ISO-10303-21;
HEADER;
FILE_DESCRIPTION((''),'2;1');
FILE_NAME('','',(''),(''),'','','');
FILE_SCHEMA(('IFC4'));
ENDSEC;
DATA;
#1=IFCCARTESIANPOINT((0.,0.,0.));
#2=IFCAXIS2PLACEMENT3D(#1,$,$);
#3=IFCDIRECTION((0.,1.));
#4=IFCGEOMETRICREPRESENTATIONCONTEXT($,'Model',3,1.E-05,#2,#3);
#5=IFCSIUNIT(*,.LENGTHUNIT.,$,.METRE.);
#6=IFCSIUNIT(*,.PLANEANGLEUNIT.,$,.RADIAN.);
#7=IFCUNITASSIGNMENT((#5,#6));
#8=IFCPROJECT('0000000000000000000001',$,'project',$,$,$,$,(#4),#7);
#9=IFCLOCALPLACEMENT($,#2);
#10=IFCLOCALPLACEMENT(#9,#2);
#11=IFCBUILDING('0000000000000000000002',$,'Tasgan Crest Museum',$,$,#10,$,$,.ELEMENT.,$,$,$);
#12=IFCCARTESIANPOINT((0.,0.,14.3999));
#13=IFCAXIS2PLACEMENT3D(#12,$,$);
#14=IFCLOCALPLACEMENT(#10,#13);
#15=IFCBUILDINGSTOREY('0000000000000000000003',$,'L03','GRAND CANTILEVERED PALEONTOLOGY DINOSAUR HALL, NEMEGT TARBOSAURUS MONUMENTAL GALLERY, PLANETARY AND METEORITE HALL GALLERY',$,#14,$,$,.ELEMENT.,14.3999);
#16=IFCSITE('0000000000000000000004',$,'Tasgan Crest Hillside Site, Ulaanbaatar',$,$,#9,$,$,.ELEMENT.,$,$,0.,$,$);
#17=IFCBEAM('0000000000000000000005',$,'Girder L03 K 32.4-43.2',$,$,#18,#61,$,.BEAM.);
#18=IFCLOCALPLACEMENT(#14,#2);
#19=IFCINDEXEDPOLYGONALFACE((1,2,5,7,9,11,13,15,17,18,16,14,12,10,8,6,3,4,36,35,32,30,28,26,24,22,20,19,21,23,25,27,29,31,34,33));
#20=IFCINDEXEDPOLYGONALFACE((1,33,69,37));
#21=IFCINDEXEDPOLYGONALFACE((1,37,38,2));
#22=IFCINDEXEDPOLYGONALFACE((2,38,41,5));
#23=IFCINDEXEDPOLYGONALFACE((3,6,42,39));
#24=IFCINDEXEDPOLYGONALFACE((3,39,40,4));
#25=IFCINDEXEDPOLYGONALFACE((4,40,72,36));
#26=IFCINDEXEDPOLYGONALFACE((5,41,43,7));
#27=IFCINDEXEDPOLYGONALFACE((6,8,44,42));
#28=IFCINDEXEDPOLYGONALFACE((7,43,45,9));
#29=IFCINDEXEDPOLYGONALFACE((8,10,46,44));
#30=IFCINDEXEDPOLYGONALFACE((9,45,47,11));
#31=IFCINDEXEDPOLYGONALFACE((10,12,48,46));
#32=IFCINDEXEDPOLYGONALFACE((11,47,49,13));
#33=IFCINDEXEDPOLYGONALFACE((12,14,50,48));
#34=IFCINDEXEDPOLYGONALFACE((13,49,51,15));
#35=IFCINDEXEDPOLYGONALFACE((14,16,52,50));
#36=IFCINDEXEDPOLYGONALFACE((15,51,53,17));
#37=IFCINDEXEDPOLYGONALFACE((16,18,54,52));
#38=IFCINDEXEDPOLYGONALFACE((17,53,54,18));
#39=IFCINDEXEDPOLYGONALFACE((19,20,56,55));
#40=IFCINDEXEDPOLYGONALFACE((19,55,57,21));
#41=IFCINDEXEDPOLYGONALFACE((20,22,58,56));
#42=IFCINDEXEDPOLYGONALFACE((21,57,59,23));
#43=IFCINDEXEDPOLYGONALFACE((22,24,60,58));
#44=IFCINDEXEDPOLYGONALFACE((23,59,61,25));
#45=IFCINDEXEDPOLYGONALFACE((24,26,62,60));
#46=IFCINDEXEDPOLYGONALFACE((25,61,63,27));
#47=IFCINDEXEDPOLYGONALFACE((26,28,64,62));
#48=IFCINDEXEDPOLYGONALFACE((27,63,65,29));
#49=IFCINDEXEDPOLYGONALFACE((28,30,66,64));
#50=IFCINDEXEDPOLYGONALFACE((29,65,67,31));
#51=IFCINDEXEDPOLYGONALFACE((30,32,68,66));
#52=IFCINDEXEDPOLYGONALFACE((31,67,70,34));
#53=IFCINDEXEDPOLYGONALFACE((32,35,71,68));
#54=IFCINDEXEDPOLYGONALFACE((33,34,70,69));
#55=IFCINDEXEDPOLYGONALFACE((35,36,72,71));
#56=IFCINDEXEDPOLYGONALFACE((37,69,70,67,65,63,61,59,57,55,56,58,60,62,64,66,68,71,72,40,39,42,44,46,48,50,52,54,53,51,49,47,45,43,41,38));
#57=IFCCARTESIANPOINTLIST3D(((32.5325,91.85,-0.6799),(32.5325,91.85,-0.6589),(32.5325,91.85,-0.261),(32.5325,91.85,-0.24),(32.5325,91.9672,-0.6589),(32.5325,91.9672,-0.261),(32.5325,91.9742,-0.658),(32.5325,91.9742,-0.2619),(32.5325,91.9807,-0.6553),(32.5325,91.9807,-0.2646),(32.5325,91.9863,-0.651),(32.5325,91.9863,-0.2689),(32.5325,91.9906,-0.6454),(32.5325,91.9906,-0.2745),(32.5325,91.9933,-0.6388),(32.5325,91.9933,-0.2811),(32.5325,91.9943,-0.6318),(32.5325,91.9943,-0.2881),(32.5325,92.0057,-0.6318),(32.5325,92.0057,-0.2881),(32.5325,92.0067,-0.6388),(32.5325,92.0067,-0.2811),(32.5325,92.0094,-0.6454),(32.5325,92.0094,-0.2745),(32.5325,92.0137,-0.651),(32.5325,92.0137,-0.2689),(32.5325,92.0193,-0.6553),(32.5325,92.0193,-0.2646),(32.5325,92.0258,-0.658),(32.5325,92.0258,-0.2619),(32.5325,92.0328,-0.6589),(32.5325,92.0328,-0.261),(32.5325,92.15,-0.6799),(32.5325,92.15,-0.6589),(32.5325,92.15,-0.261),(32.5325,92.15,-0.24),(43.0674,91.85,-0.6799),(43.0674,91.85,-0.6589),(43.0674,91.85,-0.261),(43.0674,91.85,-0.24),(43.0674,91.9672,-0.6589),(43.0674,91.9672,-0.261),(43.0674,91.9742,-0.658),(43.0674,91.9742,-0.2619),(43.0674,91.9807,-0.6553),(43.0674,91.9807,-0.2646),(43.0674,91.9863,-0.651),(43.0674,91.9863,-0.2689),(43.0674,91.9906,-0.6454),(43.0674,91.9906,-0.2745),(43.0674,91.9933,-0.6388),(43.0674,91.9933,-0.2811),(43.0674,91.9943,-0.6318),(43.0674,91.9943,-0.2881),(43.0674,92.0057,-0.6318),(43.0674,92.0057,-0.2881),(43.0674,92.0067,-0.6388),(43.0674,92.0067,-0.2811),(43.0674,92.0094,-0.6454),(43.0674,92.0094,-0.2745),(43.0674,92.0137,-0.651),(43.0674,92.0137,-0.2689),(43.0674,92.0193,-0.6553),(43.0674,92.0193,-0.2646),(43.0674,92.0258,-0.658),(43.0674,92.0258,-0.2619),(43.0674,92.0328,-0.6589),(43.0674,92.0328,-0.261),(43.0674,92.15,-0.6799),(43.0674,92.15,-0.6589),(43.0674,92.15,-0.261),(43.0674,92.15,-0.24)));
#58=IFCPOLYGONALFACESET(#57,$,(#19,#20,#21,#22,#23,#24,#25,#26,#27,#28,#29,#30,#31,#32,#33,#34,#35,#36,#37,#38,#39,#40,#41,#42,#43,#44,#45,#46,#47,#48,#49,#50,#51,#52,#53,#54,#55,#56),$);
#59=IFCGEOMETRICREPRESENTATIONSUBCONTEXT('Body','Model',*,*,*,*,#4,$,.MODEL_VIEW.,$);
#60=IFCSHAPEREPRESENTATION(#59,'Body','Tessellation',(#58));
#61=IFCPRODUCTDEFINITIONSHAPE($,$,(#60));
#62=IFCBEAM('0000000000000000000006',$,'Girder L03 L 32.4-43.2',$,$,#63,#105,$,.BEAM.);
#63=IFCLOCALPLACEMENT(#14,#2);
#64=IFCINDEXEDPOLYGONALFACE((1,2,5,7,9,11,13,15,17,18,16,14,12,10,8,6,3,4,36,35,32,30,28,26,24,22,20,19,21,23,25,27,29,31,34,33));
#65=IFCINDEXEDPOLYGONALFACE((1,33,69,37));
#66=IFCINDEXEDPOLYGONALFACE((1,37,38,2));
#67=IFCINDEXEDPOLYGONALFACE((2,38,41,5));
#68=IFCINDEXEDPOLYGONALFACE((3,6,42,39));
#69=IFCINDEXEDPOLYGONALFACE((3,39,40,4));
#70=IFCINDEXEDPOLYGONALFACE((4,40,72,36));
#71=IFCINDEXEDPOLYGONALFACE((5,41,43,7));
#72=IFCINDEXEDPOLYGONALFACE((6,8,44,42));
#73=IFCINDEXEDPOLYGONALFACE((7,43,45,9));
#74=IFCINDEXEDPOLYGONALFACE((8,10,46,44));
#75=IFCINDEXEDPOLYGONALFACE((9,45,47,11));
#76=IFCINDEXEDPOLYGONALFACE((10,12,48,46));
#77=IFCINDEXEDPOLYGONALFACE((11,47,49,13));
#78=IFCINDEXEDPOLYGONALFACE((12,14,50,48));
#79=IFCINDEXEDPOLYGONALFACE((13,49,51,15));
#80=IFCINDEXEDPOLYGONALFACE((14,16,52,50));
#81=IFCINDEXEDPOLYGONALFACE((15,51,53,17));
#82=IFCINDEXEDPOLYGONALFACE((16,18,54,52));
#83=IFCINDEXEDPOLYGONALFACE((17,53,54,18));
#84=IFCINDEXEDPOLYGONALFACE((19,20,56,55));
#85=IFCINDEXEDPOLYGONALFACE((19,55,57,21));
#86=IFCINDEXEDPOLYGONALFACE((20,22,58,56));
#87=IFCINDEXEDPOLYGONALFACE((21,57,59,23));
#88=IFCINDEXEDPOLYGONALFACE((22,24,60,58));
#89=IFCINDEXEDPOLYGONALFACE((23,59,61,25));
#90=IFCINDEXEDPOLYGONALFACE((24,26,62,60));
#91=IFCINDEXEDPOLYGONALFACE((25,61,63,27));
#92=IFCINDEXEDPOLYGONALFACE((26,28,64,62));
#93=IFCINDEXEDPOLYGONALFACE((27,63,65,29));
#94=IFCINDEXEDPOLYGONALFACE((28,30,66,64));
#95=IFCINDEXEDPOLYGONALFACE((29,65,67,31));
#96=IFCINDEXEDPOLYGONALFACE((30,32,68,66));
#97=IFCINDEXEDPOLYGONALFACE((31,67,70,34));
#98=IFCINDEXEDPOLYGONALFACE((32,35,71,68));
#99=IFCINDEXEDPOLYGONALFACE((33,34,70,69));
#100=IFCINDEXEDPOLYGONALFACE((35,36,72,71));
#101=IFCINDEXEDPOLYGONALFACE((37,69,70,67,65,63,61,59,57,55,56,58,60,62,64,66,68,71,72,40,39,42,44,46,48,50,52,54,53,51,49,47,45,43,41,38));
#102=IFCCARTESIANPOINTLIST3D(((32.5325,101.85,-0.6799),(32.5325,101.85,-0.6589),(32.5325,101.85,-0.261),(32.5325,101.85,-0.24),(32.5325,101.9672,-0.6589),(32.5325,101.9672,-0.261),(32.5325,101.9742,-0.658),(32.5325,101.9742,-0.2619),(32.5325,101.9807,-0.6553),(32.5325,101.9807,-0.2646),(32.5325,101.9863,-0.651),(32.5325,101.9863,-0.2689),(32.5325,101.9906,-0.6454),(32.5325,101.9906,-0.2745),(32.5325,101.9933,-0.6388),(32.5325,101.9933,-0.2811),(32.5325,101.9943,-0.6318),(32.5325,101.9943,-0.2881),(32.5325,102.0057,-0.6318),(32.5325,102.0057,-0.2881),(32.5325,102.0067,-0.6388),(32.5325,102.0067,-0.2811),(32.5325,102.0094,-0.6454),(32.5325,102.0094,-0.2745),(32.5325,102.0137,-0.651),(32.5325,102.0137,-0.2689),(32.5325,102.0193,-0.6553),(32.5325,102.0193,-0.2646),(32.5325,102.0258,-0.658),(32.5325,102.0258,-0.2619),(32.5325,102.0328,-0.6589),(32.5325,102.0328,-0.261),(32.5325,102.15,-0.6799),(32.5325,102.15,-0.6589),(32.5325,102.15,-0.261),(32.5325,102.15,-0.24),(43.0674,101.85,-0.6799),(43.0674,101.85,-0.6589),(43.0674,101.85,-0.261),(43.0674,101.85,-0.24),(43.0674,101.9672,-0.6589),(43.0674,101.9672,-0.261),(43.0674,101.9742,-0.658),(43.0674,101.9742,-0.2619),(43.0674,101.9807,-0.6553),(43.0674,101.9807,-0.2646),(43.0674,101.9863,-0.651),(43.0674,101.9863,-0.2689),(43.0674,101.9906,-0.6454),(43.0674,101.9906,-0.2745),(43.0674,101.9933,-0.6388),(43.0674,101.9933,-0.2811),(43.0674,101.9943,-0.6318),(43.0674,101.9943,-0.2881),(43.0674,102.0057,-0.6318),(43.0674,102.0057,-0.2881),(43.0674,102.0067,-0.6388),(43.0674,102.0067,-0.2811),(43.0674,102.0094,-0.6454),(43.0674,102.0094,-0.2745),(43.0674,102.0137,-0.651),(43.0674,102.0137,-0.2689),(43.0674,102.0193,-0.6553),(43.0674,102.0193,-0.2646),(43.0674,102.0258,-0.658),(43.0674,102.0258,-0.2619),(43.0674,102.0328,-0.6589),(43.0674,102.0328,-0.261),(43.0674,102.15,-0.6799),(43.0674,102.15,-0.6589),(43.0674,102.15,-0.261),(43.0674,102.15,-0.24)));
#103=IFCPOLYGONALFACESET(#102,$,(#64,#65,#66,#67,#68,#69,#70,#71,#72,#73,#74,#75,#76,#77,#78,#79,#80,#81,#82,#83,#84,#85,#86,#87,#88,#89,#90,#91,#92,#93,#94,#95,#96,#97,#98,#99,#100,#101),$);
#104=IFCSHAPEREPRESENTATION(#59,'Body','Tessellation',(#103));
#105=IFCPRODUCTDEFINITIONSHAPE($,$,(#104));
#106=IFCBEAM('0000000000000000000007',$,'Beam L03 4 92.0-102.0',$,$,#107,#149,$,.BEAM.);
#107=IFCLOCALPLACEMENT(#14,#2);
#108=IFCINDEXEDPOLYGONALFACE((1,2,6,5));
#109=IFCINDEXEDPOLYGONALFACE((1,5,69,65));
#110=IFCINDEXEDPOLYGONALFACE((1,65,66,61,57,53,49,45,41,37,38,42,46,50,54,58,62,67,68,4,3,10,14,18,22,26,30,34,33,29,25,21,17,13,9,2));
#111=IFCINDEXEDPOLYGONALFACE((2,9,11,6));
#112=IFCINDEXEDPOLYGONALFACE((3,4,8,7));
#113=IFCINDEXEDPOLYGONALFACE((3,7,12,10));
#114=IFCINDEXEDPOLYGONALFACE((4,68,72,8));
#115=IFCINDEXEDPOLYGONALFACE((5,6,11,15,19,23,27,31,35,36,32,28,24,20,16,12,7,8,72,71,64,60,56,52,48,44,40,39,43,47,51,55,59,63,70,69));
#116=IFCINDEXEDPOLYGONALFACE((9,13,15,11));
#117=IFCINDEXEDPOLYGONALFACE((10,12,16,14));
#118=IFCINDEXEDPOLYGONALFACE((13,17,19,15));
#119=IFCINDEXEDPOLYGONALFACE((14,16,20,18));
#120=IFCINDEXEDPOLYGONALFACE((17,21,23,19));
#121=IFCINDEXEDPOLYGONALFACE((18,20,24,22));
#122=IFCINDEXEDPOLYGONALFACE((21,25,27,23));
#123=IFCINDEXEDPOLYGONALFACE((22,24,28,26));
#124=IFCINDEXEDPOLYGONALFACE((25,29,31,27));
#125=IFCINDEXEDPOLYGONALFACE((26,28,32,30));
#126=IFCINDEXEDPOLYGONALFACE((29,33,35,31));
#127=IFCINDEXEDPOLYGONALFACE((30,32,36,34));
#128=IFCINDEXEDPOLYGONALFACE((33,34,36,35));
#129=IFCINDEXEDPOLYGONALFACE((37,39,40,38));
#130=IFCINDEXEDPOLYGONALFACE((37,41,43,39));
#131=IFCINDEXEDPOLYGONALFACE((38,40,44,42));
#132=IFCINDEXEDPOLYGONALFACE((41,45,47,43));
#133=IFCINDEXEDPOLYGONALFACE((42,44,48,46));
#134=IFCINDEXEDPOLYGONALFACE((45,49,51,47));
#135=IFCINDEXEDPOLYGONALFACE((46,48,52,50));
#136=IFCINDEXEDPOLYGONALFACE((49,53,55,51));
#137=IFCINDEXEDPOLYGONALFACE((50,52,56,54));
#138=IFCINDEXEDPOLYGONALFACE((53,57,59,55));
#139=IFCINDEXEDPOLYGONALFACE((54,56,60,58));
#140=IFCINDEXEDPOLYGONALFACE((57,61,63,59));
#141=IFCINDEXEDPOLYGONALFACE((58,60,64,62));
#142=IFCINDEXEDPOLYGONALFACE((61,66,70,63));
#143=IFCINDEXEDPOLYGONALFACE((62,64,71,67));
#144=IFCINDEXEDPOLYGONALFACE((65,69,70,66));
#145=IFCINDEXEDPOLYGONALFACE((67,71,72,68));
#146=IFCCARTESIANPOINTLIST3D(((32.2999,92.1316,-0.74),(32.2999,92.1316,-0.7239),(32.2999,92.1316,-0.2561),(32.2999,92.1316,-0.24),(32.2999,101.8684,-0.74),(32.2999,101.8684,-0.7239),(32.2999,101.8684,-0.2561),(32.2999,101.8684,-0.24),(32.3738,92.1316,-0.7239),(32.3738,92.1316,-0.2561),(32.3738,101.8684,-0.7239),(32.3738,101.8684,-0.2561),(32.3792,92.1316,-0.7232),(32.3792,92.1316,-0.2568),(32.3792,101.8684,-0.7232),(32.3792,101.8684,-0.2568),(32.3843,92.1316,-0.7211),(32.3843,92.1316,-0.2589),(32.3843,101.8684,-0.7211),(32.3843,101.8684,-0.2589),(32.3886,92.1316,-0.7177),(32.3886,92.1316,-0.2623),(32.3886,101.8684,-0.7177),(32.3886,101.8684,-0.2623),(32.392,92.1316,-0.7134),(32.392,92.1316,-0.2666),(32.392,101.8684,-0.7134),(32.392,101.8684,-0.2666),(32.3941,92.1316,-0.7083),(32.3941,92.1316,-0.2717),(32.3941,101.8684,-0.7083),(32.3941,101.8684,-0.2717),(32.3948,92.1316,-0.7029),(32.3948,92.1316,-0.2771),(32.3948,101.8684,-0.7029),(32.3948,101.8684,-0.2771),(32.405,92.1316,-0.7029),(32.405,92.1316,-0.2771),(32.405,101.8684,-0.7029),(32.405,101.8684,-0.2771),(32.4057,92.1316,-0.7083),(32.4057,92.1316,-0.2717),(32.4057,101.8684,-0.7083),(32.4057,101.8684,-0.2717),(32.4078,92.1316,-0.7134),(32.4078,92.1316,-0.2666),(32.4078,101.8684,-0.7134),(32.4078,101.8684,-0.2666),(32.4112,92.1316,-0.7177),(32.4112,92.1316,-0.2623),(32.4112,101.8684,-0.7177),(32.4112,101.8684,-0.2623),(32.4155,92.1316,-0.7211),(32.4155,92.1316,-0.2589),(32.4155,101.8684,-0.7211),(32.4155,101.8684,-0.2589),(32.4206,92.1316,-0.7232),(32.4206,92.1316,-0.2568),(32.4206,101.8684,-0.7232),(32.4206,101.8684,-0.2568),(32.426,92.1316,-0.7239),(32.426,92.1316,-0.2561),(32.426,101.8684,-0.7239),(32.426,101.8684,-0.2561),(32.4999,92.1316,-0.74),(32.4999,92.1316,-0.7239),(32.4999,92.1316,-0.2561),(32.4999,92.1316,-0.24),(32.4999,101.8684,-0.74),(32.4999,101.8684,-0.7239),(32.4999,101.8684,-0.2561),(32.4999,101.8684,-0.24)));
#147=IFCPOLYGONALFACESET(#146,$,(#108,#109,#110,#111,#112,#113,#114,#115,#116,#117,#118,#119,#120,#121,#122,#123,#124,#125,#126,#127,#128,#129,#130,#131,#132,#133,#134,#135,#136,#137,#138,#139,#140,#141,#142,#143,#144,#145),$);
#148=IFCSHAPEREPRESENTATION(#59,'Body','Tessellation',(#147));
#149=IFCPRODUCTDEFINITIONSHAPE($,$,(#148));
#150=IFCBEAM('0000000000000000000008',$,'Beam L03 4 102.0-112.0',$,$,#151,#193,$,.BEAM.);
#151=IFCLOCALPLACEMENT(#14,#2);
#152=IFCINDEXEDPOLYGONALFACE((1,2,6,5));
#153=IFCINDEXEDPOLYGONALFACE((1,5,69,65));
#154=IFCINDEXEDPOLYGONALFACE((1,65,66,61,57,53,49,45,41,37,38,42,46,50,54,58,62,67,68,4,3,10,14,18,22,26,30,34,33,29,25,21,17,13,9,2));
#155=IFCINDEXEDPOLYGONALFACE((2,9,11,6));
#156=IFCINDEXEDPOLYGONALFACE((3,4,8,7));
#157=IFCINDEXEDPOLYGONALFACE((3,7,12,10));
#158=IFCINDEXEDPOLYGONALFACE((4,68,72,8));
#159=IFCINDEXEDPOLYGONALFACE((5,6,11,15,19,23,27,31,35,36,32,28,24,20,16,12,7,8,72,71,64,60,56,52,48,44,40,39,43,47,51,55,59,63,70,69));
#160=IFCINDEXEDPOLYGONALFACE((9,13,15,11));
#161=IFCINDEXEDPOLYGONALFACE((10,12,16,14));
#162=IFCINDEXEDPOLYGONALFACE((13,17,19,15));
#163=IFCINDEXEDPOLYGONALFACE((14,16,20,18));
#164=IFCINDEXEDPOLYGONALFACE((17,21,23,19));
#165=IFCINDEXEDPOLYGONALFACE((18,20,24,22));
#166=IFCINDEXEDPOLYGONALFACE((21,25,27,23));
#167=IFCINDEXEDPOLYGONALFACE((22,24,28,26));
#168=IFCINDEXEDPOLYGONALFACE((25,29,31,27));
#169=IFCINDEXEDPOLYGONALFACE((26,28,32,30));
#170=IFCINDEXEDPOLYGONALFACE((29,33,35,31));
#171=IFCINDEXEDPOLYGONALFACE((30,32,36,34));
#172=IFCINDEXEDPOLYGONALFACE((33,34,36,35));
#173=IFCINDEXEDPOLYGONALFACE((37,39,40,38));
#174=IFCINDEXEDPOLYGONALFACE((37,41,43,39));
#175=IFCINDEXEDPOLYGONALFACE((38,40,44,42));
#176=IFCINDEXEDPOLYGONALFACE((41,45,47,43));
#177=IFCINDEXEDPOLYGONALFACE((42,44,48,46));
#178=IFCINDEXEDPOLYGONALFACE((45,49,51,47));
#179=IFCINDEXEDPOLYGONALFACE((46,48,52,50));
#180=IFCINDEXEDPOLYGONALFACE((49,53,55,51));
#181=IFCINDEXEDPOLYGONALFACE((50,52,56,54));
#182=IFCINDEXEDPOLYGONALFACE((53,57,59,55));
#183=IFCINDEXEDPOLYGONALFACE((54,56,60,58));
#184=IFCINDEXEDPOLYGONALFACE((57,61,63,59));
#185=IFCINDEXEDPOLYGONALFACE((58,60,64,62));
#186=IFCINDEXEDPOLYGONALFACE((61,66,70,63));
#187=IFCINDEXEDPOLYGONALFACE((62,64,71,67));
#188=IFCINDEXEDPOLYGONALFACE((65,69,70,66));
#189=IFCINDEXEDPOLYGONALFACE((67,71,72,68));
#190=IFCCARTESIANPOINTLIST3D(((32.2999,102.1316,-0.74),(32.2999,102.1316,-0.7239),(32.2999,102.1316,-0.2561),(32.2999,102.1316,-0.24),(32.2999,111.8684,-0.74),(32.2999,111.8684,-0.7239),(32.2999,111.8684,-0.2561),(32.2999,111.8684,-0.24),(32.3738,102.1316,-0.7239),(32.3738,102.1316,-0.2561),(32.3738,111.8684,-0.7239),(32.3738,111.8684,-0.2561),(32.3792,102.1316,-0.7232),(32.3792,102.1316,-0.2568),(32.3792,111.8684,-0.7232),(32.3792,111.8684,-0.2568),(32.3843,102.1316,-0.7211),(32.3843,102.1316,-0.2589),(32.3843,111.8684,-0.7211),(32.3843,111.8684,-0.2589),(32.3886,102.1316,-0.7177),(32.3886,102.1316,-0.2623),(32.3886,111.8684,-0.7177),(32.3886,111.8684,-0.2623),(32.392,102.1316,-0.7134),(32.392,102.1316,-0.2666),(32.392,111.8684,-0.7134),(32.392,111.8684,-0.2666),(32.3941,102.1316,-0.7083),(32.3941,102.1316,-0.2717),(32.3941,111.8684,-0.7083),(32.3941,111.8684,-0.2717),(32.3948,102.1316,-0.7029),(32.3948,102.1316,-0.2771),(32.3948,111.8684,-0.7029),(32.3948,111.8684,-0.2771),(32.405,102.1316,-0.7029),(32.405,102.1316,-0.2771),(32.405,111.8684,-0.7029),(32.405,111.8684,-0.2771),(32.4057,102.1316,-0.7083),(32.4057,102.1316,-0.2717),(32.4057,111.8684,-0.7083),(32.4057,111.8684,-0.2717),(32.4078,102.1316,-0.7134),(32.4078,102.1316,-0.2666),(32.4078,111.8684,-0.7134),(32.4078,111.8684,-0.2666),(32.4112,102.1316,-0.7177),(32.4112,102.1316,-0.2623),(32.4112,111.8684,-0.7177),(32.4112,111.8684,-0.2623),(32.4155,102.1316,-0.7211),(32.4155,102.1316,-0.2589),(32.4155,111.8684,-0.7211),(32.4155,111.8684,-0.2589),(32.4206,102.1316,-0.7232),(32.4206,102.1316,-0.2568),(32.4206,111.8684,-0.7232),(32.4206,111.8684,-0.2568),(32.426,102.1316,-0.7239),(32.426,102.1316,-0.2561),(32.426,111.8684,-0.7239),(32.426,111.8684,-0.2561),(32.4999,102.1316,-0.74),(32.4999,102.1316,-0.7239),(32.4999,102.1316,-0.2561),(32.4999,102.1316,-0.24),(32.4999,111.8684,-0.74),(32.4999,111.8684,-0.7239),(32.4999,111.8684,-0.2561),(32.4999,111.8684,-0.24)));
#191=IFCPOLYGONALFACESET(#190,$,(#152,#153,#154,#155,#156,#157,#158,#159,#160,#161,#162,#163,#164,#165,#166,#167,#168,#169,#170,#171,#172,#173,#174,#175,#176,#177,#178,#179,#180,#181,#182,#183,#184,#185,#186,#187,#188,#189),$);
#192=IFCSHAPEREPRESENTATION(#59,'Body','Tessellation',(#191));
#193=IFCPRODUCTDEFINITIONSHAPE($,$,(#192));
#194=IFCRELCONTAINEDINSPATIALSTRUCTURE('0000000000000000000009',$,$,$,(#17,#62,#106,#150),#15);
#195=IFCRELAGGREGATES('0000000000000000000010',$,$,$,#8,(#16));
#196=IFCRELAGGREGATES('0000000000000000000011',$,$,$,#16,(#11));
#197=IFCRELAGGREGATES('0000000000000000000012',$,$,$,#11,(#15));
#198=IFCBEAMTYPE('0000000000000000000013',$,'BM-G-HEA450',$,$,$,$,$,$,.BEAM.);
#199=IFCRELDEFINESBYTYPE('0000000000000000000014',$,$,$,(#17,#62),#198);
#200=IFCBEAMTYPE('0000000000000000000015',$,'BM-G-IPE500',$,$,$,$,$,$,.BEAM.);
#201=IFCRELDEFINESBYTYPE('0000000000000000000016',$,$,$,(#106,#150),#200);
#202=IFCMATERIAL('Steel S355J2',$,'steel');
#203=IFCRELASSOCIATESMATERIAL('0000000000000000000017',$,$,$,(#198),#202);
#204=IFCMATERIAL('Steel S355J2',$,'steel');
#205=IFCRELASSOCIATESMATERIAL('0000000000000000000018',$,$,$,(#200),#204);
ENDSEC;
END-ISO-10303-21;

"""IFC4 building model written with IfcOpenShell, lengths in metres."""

from ifc_helpers import new_model, si_unit, direction, frame, origin, origin_2d, place, context, subcontext, project, spatial, i_section, extrude, material, material_profile, profile_set, type_object, element, save


model = new_model("IFC4")

# Units and contexts
model_context = context("Model", 3, precision=1e-05, world=origin(), true_north=direction((0.0, 1.0)))
body_context = subcontext(model_context, "Body", "Model", "MODEL_VIEW")
ifc_project = project(units=[si_unit("LENGTHUNIT", "METRE"), si_unit("PLANEANGLEUNIT", "RADIAN")], contexts=[model_context])

# Site, building, storey
site_placement = place(None, origin())
site = spatial("IfcSite", under=ifc_project, at=site_placement, Name="Tasgan Crest Hillside Site, Ulaanbaatar", CompositionType="ELEMENT", RefElevation=0.0)
building_placement = place(site_placement, origin())
building = spatial("IfcBuilding", under=site, at=building_placement, Name="Tasgan Crest Museum", CompositionType="ELEMENT")
storey_placement = place(building_placement, frame((0.0, 0.0, 14.3999)))
storey = spatial("IfcBuildingStorey", under=building, at=storey_placement, Name="L03", Description="GRAND CANTILEVERED PALEONTOLOGY DINOSAUR HALL, NEMEGT TARBOSAURUS MONUMENTAL GALLERY, PLANETARY AND METEORITE HALL GALLERY", CompositionType="ELEMENT", Elevation=14.3999)

# Beams
ifc_material_1 = material(Name="Steel S355J2", Category="steel")
ifc_material_profile_1 = material_profile(ifc_material_1, i_section(OverallWidth=0.3, OverallDepth=0.4399, WebThickness=0.0115, FlangeThickness=0.021, FilletRadius=0.0271, at=origin_2d()), Name="HEA 450")
ifc_profile_set_1 = profile_set([ifc_material_profile_1], Name="Steel S355J2")
beam_type_1 = type_object("IfcBeamType", Name="BM-G-HEA450", PredefinedType="BEAM", material=ifc_profile_set_1)
for number, where, z_axis, x_axis, name in (
    (1, (32.5325, 92.0, -0.46), (1.0, 0.0, 0.0), (0.0, 1.0, 0.0), "Girder L03 K 32.4-43.2"),
    (2, (32.5325, 102.0, -0.46), (1.0, 0.0, 0.0), (0.0, 1.0, 0.0), "Girder L03 L 32.4-43.2"),
):
    element("IfcBeam", number, at=place(storey_placement, frame(where, z_axis=z_axis, x_axis=x_axis)), inside=storey, type_object=beam_type_1, Name=name, PredefinedType="BEAM", context=body_context, shape_type="SweptSolid", body=[
        extrude(i_section(OverallWidth=0.3, OverallDepth=0.4399, WebThickness=0.0115, FlangeThickness=0.021, FilletRadius=0.0271, at=origin_2d()), origin(), (0.0, 0.0, 1.0), 10.5349),
    ])
ifc_material_2 = material(Name="Steel S355J2", Category="steel")
ifc_material_profile_2 = material_profile(ifc_material_2, i_section(OverallWidth=0.2, OverallDepth=0.5, WebThickness=0.0103, FlangeThickness=0.0161, FilletRadius=0.021, at=origin_2d()), Name="IPE 500")
ifc_profile_set_2 = profile_set([ifc_material_profile_2], Name="Steel S355J2")
beam_type_2 = type_object("IfcBeamType", Name="BM-G-IPE500", PredefinedType="BEAM", material=ifc_profile_set_2)
for number, where, z_axis, x_axis, name in (
    (3, (32.3999, 92.1316, -0.49), (0.0, 1.0, 0.0), (-1.0, 0.0, 0.0), "Beam L03 4 92.0-102.0"),
    (4, (32.3999, 102.1316, -0.49), (0.0, 1.0, 0.0), (-1.0, 0.0, 0.0), "Beam L03 4 102.0-112.0"),
):
    element("IfcBeam", number, at=place(storey_placement, frame(where, z_axis=z_axis, x_axis=x_axis)), inside=storey, type_object=beam_type_2, Name=name, PredefinedType="BEAM", context=body_context, shape_type="SweptSolid", body=[
        extrude(i_section(OverallWidth=0.2, OverallDepth=0.5, WebThickness=0.0103, FlangeThickness=0.0161, FilletRadius=0.021, at=origin_2d()), origin(), (0.0, 0.0, 1.0), 9.7368),
    ])

save(model, "model.ifc")
